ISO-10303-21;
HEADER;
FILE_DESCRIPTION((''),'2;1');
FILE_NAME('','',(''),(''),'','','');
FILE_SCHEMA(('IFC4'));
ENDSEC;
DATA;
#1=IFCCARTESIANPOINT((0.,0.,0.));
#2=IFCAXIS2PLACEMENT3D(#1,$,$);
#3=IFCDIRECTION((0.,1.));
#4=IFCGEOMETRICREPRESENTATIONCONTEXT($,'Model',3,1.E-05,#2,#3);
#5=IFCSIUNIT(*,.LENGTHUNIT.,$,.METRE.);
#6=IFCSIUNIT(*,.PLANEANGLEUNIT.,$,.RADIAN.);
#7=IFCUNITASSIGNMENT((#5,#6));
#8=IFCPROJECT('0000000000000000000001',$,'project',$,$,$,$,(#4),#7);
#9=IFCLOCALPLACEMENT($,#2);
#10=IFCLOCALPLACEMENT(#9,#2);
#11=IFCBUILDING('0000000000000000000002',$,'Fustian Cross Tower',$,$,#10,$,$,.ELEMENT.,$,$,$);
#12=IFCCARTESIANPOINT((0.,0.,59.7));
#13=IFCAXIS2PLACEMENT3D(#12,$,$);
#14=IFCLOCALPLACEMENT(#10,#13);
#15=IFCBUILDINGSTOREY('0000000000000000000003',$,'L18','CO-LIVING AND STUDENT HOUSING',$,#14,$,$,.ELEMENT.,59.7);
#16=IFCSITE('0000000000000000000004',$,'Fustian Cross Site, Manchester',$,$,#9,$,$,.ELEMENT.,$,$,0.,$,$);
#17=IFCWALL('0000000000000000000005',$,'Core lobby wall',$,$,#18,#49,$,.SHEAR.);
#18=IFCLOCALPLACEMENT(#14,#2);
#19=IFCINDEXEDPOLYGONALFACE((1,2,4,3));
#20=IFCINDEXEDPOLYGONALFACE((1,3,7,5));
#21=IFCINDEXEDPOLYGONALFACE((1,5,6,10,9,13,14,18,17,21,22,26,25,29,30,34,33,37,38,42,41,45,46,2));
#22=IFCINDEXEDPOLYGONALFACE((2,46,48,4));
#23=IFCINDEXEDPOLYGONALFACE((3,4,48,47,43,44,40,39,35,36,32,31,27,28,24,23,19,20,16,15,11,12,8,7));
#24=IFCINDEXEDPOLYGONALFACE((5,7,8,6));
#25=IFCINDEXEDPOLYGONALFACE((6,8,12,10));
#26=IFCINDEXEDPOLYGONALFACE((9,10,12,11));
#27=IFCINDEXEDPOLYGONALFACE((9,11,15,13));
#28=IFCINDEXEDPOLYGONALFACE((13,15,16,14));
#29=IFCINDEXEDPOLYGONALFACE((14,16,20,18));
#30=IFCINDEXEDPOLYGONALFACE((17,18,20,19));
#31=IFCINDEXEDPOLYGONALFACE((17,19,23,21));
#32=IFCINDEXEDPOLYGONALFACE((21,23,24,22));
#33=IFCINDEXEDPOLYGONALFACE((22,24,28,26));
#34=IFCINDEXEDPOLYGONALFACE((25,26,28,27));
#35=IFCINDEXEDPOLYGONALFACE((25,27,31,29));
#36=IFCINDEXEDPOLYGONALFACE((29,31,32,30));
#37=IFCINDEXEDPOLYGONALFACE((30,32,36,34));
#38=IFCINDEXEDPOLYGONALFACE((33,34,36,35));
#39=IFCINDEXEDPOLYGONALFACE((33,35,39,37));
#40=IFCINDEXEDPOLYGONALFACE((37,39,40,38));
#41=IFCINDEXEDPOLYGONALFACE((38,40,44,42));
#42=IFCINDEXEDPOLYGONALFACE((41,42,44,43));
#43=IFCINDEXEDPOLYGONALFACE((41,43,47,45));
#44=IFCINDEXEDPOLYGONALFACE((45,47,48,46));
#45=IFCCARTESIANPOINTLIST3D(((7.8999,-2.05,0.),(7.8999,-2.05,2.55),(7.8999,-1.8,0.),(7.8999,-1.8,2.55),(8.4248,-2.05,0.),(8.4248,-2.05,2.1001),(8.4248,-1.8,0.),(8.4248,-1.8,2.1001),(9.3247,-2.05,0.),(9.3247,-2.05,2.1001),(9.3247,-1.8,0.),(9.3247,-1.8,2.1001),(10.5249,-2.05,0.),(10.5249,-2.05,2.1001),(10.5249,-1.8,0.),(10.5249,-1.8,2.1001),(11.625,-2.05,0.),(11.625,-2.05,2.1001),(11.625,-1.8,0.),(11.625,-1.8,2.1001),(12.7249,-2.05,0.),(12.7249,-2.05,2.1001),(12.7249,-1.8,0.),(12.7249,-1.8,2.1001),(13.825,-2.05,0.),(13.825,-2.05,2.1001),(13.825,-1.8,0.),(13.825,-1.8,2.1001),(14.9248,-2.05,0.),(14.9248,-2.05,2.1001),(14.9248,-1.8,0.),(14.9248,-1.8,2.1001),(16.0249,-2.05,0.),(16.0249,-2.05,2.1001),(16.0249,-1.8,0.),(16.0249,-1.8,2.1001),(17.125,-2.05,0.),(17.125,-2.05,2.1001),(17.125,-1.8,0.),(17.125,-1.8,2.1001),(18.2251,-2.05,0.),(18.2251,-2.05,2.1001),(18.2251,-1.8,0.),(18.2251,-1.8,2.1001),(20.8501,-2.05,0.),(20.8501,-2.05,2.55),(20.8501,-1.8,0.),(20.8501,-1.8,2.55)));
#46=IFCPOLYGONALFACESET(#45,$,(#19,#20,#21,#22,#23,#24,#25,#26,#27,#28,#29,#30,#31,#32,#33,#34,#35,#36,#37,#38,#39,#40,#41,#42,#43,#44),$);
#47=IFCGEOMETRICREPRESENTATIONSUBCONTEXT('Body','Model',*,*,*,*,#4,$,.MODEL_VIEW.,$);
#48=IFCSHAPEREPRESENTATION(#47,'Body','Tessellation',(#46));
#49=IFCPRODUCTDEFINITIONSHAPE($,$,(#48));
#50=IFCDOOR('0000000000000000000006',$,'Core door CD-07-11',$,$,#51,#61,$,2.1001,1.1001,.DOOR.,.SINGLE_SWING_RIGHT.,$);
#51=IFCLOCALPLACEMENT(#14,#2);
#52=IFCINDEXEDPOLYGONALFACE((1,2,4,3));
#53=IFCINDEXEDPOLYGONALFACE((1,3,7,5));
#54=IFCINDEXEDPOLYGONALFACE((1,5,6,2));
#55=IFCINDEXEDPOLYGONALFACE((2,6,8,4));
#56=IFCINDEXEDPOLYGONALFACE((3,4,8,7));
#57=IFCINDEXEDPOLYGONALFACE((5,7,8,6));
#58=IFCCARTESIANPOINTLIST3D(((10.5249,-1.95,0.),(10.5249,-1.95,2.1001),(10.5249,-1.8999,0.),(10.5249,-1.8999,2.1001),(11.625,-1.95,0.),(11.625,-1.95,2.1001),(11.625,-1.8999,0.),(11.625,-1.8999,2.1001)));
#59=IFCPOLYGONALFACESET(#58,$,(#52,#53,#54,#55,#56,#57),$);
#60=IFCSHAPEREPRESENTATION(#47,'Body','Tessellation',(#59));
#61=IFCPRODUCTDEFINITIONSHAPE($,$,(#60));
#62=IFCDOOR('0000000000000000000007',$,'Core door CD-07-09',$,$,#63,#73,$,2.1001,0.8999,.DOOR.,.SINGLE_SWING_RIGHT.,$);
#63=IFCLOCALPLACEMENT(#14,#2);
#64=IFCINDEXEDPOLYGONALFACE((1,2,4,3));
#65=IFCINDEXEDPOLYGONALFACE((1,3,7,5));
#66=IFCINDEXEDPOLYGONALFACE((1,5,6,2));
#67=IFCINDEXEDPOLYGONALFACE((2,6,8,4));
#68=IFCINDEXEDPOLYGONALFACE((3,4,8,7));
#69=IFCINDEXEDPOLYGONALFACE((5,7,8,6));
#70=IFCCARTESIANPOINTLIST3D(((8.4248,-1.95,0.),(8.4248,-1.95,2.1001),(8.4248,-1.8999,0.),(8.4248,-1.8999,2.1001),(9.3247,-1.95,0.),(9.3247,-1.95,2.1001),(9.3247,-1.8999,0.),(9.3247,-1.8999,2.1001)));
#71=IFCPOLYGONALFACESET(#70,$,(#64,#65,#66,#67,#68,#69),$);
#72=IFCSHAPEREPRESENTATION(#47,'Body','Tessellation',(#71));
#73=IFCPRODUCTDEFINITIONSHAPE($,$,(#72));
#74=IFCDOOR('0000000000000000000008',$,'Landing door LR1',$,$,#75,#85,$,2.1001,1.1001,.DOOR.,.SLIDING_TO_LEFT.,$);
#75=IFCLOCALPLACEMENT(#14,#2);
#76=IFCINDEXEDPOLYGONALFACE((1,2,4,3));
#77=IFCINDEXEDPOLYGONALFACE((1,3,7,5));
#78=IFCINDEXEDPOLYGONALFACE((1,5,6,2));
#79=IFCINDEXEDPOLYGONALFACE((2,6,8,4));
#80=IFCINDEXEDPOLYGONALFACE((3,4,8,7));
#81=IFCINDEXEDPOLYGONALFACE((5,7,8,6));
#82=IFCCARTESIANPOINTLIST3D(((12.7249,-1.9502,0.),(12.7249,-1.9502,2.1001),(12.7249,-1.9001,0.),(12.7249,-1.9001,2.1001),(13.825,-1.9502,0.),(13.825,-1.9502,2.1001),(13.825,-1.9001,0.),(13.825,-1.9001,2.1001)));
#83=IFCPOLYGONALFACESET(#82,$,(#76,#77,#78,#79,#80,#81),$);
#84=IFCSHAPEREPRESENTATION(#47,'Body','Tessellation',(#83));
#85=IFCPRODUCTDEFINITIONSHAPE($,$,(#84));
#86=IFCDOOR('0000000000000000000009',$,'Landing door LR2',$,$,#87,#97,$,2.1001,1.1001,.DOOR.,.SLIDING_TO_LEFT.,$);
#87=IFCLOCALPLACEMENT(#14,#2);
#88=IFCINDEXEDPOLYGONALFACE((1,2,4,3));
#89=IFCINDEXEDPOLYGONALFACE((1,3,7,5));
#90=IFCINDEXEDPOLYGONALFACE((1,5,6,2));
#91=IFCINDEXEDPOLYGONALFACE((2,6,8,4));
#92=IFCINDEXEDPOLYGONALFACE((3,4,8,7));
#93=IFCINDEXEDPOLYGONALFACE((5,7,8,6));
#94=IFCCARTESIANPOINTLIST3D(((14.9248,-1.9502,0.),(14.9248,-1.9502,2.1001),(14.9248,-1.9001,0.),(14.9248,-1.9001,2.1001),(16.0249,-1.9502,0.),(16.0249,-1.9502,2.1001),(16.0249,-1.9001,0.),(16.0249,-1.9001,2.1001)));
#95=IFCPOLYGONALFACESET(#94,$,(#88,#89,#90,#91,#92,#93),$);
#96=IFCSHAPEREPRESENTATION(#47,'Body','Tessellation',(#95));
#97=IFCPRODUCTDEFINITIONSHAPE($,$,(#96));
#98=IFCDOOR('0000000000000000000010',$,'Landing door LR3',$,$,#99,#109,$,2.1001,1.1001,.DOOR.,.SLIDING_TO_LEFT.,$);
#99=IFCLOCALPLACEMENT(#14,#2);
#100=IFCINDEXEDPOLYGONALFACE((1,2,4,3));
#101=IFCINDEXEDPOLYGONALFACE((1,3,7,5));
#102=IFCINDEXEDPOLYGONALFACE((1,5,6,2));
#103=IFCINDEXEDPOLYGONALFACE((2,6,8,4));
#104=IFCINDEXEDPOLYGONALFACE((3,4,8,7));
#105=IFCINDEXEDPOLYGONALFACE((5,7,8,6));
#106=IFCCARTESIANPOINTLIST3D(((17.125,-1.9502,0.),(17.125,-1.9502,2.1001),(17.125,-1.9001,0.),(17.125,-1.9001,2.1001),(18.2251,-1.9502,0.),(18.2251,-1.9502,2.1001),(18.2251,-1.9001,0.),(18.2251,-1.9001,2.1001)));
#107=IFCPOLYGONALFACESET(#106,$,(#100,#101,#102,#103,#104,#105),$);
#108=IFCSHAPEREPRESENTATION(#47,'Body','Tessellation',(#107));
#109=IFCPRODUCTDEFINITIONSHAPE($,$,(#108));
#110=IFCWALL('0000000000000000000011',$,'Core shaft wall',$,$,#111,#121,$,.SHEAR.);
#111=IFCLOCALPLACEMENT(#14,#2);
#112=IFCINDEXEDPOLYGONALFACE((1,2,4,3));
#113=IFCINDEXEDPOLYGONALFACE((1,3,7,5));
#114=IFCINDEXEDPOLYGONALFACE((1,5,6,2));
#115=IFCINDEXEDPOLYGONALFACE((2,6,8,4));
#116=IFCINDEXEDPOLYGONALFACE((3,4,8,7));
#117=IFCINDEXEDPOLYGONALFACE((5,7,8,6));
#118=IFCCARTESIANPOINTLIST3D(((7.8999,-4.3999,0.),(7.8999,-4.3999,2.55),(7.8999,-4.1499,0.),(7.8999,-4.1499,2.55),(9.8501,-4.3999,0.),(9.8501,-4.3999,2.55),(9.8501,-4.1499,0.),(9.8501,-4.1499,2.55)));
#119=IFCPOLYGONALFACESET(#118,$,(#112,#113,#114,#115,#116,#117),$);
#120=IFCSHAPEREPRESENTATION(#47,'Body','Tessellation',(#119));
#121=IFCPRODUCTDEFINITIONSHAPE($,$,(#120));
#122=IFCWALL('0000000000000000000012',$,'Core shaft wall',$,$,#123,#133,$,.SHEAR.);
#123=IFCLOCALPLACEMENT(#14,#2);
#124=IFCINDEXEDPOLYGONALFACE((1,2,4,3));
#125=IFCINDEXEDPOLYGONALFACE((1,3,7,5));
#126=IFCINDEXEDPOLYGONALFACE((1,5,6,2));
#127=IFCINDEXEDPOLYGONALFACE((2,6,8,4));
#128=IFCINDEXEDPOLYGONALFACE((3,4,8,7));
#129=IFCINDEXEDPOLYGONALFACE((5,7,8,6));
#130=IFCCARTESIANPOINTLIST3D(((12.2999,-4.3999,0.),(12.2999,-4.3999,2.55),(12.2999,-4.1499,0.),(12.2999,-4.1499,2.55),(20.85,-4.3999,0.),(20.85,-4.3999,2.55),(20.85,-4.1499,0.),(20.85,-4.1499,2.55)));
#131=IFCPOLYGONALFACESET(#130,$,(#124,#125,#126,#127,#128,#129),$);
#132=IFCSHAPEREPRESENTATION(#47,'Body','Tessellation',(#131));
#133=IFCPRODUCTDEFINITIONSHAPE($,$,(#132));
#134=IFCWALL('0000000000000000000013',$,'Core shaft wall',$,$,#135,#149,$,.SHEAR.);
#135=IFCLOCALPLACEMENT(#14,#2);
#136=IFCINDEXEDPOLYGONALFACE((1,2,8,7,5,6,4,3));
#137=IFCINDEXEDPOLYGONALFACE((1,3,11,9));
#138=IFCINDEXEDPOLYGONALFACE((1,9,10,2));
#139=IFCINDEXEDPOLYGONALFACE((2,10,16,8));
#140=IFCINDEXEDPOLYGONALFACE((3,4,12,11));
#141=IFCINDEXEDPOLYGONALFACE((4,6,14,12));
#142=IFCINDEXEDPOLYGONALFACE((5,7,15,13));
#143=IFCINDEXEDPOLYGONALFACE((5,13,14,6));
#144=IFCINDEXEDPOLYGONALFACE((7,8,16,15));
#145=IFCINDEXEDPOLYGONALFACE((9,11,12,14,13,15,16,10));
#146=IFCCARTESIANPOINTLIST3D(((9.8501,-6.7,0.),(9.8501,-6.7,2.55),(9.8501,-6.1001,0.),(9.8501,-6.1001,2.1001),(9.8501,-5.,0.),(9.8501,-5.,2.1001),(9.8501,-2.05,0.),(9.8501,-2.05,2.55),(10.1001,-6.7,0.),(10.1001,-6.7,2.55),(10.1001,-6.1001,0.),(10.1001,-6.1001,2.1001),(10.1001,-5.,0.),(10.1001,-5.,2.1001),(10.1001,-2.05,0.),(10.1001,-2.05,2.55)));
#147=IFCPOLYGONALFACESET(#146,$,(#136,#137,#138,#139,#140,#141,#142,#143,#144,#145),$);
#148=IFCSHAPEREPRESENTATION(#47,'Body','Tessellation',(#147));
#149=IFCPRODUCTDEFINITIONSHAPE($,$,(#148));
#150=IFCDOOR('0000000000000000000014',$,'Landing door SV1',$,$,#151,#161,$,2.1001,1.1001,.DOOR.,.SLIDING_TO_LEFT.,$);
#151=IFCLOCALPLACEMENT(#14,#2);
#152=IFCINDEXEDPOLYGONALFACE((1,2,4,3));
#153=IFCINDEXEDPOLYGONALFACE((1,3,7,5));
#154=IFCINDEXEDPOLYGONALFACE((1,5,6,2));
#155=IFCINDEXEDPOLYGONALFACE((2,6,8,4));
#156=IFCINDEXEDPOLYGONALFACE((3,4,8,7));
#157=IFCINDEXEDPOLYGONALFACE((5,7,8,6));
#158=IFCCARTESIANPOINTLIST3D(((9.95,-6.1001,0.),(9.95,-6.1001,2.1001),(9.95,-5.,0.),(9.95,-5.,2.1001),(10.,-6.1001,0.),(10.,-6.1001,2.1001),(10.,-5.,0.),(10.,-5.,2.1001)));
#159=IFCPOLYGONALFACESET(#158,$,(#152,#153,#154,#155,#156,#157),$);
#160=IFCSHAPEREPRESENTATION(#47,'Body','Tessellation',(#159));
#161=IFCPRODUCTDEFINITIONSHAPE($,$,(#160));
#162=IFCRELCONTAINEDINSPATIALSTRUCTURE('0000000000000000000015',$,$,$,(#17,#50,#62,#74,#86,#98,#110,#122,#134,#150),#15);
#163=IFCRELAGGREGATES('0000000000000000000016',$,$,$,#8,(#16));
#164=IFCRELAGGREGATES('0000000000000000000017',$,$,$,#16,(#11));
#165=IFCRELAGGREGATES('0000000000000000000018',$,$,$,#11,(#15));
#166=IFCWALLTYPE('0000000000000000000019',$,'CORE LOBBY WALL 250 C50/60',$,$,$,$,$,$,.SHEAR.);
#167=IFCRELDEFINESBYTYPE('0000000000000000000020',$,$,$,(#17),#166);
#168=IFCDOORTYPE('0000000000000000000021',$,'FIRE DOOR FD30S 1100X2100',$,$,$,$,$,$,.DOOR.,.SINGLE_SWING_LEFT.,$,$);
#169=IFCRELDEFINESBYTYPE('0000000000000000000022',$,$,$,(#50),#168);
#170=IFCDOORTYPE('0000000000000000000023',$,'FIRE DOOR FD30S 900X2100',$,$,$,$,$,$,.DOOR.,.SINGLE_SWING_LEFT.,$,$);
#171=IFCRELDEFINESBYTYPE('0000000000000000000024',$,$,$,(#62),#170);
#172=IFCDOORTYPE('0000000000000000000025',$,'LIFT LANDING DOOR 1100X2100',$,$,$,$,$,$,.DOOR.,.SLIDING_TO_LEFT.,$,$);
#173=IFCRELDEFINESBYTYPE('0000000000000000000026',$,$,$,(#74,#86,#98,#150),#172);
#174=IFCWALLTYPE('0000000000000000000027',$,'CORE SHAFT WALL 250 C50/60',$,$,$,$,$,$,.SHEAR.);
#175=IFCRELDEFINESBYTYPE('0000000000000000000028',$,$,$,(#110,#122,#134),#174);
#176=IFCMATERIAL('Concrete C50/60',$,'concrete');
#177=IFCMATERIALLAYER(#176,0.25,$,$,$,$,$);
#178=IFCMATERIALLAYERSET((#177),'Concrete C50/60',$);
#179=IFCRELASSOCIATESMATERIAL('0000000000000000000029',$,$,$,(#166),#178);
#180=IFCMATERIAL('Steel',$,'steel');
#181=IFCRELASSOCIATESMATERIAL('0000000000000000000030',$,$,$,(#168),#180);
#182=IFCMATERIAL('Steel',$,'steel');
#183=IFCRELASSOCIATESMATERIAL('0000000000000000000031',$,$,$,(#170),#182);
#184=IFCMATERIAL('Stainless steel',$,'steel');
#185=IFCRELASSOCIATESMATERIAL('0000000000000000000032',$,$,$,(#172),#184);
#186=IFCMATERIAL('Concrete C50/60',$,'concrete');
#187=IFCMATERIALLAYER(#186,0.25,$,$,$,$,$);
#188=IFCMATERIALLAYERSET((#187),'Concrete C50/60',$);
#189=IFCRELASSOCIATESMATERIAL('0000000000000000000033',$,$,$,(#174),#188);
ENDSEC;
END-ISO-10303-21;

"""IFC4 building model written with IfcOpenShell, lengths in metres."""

from ifc_helpers import new_model, si_unit, direction, frame, frame_2d, origin, place, context, subcontext, project, spatial, rectangle, extrude, material, layer, layer_set, type_object, element, fill, save


model = new_model("IFC4")

# Units and contexts
model_context = context("Model", 3, precision=1e-05, world=origin(), true_north=direction((0.0, 1.0)))
body_context = subcontext(model_context, "Body", "Model", "MODEL_VIEW")
ifc_project = project(units=[si_unit("LENGTHUNIT", "METRE"), si_unit("PLANEANGLEUNIT", "RADIAN")], contexts=[model_context])

# Site, building, storey
site_placement = place(None, origin())
site = spatial("IfcSite", under=ifc_project, at=site_placement, Name="Fustian Cross Site, Manchester", CompositionType="ELEMENT", RefElevation=0.0)
building_placement = place(site_placement, origin())
building = spatial("IfcBuilding", under=site, at=building_placement, Name="Fustian Cross Tower", CompositionType="ELEMENT")
storey_placement = place(building_placement, frame((0.0, 0.0, 59.7)))
storey = spatial("IfcBuildingStorey", under=building, at=storey_placement, Name="L18", Description="CO-LIVING AND STUDENT HOUSING", CompositionType="ELEMENT", Elevation=59.7)

# Wall, openings, doors
ifc_material_1 = material(Name="Concrete C50/60", Category="concrete")
ifc_layer_1 = layer(ifc_material_1, 0.25)
ifc_layer_set_1 = layer_set([ifc_layer_1], Name="Concrete C50/60")
wall_type_1 = type_object("IfcWallType", Name="CORE LOBBY WALL 250 C50/60", PredefinedType="SHEAR", material=ifc_layer_set_1)
wall_1_placement = place(storey_placement, frame((7.8999, -1.925, 0.0), z_axis=(0.0, 0.0, 1.0), x_axis=(1.0, 0.0, 0.0)))
wall_1 = element("IfcWall", 1, at=wall_1_placement, inside=storey, type_object=wall_type_1, Name="Core lobby wall", PredefinedType="SHEAR", context=body_context, shape_type="SweptSolid", body=[
    extrude(rectangle(XDim=12.9502, YDim=0.25, at=frame_2d((6.4751, 0.0))), origin(), (0.0, 0.0, 1.0), 2.55),
])
opening_1_placement = place(wall_1_placement, frame((4.825, 0.0, 0.0)))
opening_1 = element("IfcOpeningElement", 2, at=opening_1_placement, cuts=wall_1, PredefinedType="OPENING", context=body_context, shape_type="SweptSolid", body=[
    extrude(rectangle(XDim=1.1001, YDim=2.1001, at=frame_2d((0.55, 1.05))), frame((0.0, 0.135, 0.0), z_axis=(0.0, -1.0, 0.0), x_axis=(1.0, 0.0, 0.0)), (0.0, 0.0, 1.0), 0.27),
])
opening_2_placement = place(wall_1_placement, frame((7.0249, 0.0, 0.0)))
opening_2 = element("IfcOpeningElement", 3, at=opening_2_placement, cuts=wall_1, PredefinedType="OPENING", context=body_context, shape_type="SweptSolid", body=[
    extrude(rectangle(XDim=1.1001, YDim=2.1001, at=frame_2d((0.55, 1.05))), frame((0.0, 0.135, 0.0), z_axis=(0.0, -1.0, 0.0), x_axis=(1.0, 0.0, 0.0)), (0.0, 0.0, 1.0), 0.27),
])
opening_3_placement = place(wall_1_placement, frame((9.2251, 0.0, 0.0)))
opening_3 = element("IfcOpeningElement", 4, at=opening_3_placement, cuts=wall_1, PredefinedType="OPENING", context=body_context, shape_type="SweptSolid", body=[
    extrude(rectangle(XDim=1.1001, YDim=2.1001, at=frame_2d((0.55, 1.05))), frame((0.0, 0.135, 0.0), z_axis=(0.0, -1.0, 0.0), x_axis=(1.0, 0.0, 0.0)), (0.0, 0.0, 1.0), 0.27),
])
opening_4_placement = place(wall_1_placement, frame((0.5249, 0.0, 0.0)))
opening_4 = element("IfcOpeningElement", 5, at=opening_4_placement, cuts=wall_1, PredefinedType="OPENING", context=body_context, shape_type="SweptSolid", body=[
    extrude(rectangle(XDim=0.8999, YDim=2.1001, at=frame_2d((0.45, 1.05))), frame((0.0, 0.135, 0.0), z_axis=(0.0, -1.0, 0.0), x_axis=(1.0, 0.0, 0.0)), (0.0, 0.0, 1.0), 0.27),
])
opening_5_placement = place(wall_1_placement, frame((2.625, 0.0, 0.0)))
opening_5 = element("IfcOpeningElement", 6, at=opening_5_placement, cuts=wall_1, PredefinedType="OPENING", context=body_context, shape_type="SweptSolid", body=[
    extrude(rectangle(XDim=1.1001, YDim=2.1001, at=frame_2d((0.55, 1.05))), frame((0.0, 0.135, 0.0), z_axis=(0.0, -1.0, 0.0), x_axis=(1.0, 0.0, 0.0)), (0.0, 0.0, 1.0), 0.27),
])
ifc_material_2 = material(Name="Steel", Category="steel")
door_type_1 = type_object("IfcDoorType", Name="FIRE DOOR FD30S 1100X2100", OperationType="SINGLE_SWING_LEFT", PredefinedType="DOOR", material=ifc_material_2)
door_1_placement = place(opening_5_placement, frame((1.1001, 0.0, 0.0), z_axis=(0.0, 0.0, 1.0), x_axis=(-1.0, 0.0, 0.0)))
door_1 = element("IfcDoor", 7, at=door_1_placement, inside=storey, type_object=door_type_1, Name="Core door CD-07-11", OperationType="SINGLE_SWING_RIGHT", OverallHeight=2.1001, OverallWidth=1.1001, PredefinedType="DOOR", context=body_context, shape_type="SweptSolid", body=[
    extrude(rectangle(XDim=1.1001, YDim=2.1001, at=frame_2d((0.55, 1.05))), frame((0.0, 0.0249, 0.0), z_axis=(0.0, -1.0, 0.0), x_axis=(1.0, 0.0, 0.0)), (0.0, 0.0, 1.0), 0.05),
])
fill(opening_5, door_1)
ifc_material_3 = material(Name="Steel", Category="steel")
door_type_2 = type_object("IfcDoorType", Name="FIRE DOOR FD30S 900X2100", OperationType="SINGLE_SWING_LEFT", PredefinedType="DOOR", material=ifc_material_3)
door_2_placement = place(opening_4_placement, frame((0.8999, 0.0, 0.0), z_axis=(0.0, 0.0, 1.0), x_axis=(-1.0, 0.0, 0.0)))
door_2 = element("IfcDoor", 8, at=door_2_placement, inside=storey, type_object=door_type_2, Name="Core door CD-07-09", OperationType="SINGLE_SWING_RIGHT", OverallHeight=2.1001, OverallWidth=0.8999, PredefinedType="DOOR", context=body_context, shape_type="SweptSolid", body=[
    extrude(rectangle(XDim=0.8999, YDim=2.1001, at=frame_2d((0.45, 1.05))), frame((0.0, 0.0249, 0.0), z_axis=(0.0, -1.0, 0.0), x_axis=(1.0, 0.0, 0.0)), (0.0, 0.0, 1.0), 0.05),
])
fill(opening_4, door_2)
ifc_material_4 = material(Name="Stainless steel", Category="steel")
door_type_3 = type_object("IfcDoorType", Name="LIFT LANDING DOOR 1100X2100", OperationType="SLIDING_TO_LEFT", PredefinedType="DOOR", material=ifc_material_4)
door_3_placement = place(opening_1_placement, origin())
door_3 = element("IfcDoor", 9, at=door_3_placement, inside=storey, type_object=door_type_3, Name="Landing door LR1", OperationType="SLIDING_TO_LEFT", OverallHeight=2.1001, OverallWidth=1.1001, PredefinedType="DOOR", context=body_context, shape_type="SweptSolid", body=[
    extrude(rectangle(XDim=1.1001, YDim=2.1001, at=frame_2d((0.55, 1.05))), frame((0.0, 0.0249, 0.0), z_axis=(0.0, -1.0, 0.0), x_axis=(1.0, 0.0, 0.0)), (0.0, 0.0, 1.0), 0.05),
])
fill(opening_1, door_3)
door_4_placement = place(opening_2_placement, origin())
door_4 = element("IfcDoor", 10, at=door_4_placement, inside=storey, type_object=door_type_3, Name="Landing door LR2", OperationType="SLIDING_TO_LEFT", OverallHeight=2.1001, OverallWidth=1.1001, PredefinedType="DOOR", context=body_context, shape_type="SweptSolid", body=[
    extrude(rectangle(XDim=1.1001, YDim=2.1001, at=frame_2d((0.55, 1.05))), frame((0.0, 0.0249, 0.0), z_axis=(0.0, -1.0, 0.0), x_axis=(1.0, 0.0, 0.0)), (0.0, 0.0, 1.0), 0.05),
])
fill(opening_2, door_4)
door_5_placement = place(opening_3_placement, origin())
door_5 = element("IfcDoor", 11, at=door_5_placement, inside=storey, type_object=door_type_3, Name="Landing door LR3", OperationType="SLIDING_TO_LEFT", OverallHeight=2.1001, OverallWidth=1.1001, PredefinedType="DOOR", context=body_context, shape_type="SweptSolid", body=[
    extrude(rectangle(XDim=1.1001, YDim=2.1001, at=frame_2d((0.55, 1.05))), frame((0.0, 0.0249, 0.0), z_axis=(0.0, -1.0, 0.0), x_axis=(1.0, 0.0, 0.0)), (0.0, 0.0, 1.0), 0.05),
])
fill(opening_3, door_5)

# Walls
ifc_material_5 = material(Name="Concrete C50/60", Category="concrete")
ifc_layer_2 = layer(ifc_material_5, 0.25)
ifc_layer_set_2 = layer_set([ifc_layer_2], Name="Concrete C50/60")
wall_type_2 = type_object("IfcWallType", Name="CORE SHAFT WALL 250 C50/60", PredefinedType="SHEAR", material=ifc_layer_set_2)
wall_2_placement = place(storey_placement, frame((7.8999, -4.2749, 0.0), z_axis=(0.0, 0.0, 1.0), x_axis=(1.0, 0.0, 0.0)))
element("IfcWall", 12, at=wall_2_placement, inside=storey, type_object=wall_type_2, Name="Core shaft wall", PredefinedType="SHEAR", context=body_context, shape_type="SweptSolid", body=[
    extrude(rectangle(XDim=1.9502, YDim=0.25, at=frame_2d((0.9751, 0.0))), origin(), (0.0, 0.0, 1.0), 2.55),
])
wall_3_placement = place(storey_placement, frame((12.3, -4.2749, 0.0), z_axis=(0.0, 0.0, 1.0), x_axis=(1.0, 0.0, 0.0)))
element("IfcWall", 13, at=wall_3_placement, inside=storey, type_object=wall_type_2, Name="Core shaft wall", PredefinedType="SHEAR", context=body_context, shape_type="SweptSolid", body=[
    extrude(rectangle(XDim=8.55, YDim=0.25, at=frame_2d((4.2749, 0.0))), origin(), (0.0, 0.0, 1.0), 2.55),
])

# Wall, opening, door
wall_4_placement = place(storey_placement, frame((9.9751, -2.05, 0.0), z_axis=(0.0, 0.0, 1.0), x_axis=(0.0, -1.0, 0.0)))
wall_4 = element("IfcWall", 14, at=wall_4_placement, inside=storey, type_object=wall_type_2, Name="Core shaft wall", PredefinedType="SHEAR", context=body_context, shape_type="SweptSolid", body=[
    extrude(rectangle(XDim=4.6499, YDim=0.25, at=frame_2d((2.325, 0.0))), origin(), (0.0, 0.0, 1.0), 2.55),
])
opening_6_placement = place(wall_4_placement, frame((2.95, 0.0, 0.0)))
opening_6 = element("IfcOpeningElement", 15, at=opening_6_placement, cuts=wall_4, PredefinedType="OPENING", context=body_context, shape_type="SweptSolid", body=[
    extrude(rectangle(XDim=1.1001, YDim=2.1001, at=frame_2d((0.55, 1.05))), frame((0.0, 0.135, 0.0), z_axis=(0.0, -1.0, 0.0), x_axis=(1.0, 0.0, 0.0)), (0.0, 0.0, 1.0), 0.27),
])
door_6_placement = place(opening_6_placement, origin())
door_6 = element("IfcDoor", 16, at=door_6_placement, inside=storey, type_object=door_type_3, Name="Landing door SV1", OperationType="SLIDING_TO_LEFT", OverallHeight=2.1001, OverallWidth=1.1001, PredefinedType="DOOR", context=body_context, shape_type="SweptSolid", body=[
    extrude(rectangle(XDim=1.1001, YDim=2.1001, at=frame_2d((0.55, 1.05))), frame((0.0, 0.0249, 0.0), z_axis=(0.0, -1.0, 0.0), x_axis=(1.0, 0.0, 0.0)), (0.0, 0.0, 1.0), 0.05),
])
fill(opening_6, door_6)

save(model, "model.ifc")
